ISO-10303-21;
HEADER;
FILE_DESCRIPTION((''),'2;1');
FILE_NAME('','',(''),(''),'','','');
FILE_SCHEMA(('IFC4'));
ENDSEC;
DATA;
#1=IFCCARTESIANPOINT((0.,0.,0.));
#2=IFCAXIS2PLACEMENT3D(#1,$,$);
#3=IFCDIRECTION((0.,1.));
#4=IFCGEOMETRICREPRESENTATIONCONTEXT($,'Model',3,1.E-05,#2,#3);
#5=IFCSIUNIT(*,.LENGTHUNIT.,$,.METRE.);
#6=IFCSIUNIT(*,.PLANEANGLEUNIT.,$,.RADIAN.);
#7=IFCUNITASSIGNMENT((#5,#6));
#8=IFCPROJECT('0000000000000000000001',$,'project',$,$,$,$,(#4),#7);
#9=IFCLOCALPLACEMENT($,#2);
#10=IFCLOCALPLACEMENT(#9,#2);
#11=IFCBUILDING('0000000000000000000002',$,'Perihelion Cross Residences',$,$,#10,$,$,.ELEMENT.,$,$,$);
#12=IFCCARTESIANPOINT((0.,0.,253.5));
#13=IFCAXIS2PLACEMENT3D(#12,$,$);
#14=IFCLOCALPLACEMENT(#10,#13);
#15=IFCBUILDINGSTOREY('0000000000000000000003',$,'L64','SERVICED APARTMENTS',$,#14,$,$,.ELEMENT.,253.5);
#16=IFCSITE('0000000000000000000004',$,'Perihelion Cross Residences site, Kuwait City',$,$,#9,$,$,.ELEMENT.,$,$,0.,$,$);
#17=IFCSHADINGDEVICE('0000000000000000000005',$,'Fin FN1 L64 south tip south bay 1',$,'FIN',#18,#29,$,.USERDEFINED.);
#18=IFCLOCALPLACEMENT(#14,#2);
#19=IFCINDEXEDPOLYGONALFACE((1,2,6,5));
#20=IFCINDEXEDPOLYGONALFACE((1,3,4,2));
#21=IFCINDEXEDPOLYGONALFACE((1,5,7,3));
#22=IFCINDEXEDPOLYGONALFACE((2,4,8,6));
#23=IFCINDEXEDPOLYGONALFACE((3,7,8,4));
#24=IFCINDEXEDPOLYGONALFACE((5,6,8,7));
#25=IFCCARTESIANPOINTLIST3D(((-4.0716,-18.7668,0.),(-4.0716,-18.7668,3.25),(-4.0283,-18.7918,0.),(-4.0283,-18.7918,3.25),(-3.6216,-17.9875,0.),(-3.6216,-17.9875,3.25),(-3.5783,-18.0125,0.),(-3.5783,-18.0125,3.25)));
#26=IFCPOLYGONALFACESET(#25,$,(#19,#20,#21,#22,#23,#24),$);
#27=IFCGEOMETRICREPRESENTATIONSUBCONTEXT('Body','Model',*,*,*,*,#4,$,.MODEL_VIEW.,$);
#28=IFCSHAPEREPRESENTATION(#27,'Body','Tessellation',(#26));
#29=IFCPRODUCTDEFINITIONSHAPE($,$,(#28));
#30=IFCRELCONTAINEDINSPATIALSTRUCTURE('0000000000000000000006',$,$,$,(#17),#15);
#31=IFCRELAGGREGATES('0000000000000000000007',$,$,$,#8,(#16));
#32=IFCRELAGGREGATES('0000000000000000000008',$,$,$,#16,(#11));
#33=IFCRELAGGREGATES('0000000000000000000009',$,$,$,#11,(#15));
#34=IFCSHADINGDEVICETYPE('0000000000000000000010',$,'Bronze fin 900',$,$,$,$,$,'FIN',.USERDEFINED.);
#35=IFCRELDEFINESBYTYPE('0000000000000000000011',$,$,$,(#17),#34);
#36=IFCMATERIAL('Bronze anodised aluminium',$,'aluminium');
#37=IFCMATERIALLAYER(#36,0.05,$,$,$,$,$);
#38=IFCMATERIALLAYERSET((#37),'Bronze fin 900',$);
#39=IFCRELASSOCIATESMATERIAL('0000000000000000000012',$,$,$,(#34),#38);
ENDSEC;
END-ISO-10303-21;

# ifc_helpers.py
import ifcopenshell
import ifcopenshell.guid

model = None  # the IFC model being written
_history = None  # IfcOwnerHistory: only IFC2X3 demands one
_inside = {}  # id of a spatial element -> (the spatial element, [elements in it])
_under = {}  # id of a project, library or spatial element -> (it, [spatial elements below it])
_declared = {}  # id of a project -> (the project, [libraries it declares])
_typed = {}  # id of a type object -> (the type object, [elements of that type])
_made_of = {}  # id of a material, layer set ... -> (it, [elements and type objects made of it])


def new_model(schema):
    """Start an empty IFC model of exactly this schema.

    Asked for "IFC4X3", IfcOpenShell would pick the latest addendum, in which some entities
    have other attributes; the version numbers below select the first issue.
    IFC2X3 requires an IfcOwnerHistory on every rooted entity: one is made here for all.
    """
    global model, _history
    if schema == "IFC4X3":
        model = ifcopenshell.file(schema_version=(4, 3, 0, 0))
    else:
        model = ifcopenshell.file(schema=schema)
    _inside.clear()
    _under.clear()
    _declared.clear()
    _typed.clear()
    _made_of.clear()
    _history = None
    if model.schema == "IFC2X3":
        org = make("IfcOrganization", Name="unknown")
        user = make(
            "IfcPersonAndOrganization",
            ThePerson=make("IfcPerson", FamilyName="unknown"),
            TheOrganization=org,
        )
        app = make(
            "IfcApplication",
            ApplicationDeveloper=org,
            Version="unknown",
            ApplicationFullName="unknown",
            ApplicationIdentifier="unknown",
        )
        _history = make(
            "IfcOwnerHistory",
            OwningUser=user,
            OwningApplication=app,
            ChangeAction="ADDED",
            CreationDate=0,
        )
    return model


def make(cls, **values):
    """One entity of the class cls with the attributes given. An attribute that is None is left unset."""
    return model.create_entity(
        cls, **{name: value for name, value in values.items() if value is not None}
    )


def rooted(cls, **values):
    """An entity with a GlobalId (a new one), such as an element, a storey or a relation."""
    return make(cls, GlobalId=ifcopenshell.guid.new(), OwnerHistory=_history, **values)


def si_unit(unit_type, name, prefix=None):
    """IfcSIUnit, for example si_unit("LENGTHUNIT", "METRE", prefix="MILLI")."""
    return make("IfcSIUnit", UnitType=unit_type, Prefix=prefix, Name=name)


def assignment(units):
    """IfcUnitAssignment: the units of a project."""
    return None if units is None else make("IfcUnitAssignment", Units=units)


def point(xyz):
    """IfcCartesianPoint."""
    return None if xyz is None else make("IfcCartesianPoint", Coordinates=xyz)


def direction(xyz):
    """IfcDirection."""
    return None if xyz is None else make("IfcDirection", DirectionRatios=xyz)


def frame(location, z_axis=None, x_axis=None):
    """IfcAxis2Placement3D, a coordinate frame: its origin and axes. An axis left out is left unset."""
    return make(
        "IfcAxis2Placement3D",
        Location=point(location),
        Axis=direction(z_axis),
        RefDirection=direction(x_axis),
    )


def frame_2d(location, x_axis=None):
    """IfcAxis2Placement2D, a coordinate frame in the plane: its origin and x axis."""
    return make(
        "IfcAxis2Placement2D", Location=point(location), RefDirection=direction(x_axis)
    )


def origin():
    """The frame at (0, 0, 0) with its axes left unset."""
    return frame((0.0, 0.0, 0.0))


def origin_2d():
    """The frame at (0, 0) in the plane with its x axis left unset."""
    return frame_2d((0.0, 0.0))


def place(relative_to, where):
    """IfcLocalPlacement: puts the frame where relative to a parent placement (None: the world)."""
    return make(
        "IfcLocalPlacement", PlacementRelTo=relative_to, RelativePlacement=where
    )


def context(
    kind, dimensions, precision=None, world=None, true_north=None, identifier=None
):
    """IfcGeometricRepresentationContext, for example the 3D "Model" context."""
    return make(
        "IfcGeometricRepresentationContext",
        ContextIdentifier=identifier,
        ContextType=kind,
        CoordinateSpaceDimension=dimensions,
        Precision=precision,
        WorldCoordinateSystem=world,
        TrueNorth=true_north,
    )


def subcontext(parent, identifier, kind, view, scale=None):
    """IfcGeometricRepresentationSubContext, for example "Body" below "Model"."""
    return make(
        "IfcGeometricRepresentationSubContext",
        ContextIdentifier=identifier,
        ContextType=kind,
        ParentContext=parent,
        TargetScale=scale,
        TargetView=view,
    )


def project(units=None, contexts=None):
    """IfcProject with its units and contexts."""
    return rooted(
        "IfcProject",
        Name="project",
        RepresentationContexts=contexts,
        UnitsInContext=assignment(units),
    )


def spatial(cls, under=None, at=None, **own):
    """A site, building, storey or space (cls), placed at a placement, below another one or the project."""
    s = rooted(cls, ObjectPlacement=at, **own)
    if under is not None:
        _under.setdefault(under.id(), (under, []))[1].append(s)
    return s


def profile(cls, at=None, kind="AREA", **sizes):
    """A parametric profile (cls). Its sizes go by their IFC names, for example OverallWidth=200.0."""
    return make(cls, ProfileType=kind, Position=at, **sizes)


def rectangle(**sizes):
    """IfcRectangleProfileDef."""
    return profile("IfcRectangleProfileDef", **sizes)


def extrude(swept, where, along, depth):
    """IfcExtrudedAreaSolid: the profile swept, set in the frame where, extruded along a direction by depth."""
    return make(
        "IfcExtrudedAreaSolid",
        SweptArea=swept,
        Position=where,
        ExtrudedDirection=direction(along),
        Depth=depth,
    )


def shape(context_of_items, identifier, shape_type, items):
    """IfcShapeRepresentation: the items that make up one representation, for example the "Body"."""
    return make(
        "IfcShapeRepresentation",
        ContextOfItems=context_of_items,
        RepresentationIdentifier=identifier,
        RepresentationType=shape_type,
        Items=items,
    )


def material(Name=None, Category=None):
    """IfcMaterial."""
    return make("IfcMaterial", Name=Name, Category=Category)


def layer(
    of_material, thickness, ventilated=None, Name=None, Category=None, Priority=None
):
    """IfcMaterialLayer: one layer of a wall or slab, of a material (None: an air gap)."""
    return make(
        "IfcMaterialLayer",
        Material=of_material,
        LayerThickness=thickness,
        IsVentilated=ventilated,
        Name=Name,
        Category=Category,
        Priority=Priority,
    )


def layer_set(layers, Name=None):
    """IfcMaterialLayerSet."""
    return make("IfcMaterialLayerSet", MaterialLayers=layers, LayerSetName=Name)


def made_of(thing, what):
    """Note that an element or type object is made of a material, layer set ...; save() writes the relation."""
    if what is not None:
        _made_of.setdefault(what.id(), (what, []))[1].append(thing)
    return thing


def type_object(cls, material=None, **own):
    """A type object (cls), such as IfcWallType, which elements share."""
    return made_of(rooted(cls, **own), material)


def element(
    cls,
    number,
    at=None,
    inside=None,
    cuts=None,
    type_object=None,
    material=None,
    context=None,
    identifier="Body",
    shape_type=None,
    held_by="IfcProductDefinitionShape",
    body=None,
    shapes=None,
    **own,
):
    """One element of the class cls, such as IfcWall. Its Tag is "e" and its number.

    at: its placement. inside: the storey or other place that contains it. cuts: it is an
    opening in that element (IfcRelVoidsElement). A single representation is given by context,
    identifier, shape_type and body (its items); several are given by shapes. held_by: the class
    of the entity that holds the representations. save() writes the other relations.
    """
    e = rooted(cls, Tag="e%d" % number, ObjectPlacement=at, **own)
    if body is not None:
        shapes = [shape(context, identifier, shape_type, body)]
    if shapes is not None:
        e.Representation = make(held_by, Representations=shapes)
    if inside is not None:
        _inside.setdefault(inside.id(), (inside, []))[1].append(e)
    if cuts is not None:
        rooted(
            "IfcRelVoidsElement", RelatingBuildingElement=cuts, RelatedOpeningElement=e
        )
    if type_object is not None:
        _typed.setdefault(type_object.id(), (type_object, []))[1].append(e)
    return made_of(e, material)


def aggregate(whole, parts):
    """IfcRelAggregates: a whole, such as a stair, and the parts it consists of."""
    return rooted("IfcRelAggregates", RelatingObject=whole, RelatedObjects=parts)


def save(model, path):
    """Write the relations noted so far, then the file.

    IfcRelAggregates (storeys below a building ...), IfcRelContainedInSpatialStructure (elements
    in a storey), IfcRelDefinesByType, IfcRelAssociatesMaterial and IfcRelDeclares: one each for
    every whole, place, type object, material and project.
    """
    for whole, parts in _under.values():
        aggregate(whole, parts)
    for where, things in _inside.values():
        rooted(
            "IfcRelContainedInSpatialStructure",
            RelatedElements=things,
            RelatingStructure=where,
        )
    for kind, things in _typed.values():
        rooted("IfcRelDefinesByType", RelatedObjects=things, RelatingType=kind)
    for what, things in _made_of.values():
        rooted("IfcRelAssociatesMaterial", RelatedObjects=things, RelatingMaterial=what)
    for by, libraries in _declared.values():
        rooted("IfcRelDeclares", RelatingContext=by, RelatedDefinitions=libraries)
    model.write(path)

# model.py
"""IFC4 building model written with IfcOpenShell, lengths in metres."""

from ifc_helpers import new_model, si_unit, direction, frame, origin, origin_2d, place, context, subcontext, project, spatial, rectangle, extrude, material, layer, layer_set, type_object, element, save


model = new_model("IFC4")

# Units and contexts
model_context = context("Model", 3, precision=1e-05, world=origin(), true_north=direction((0.0, 1.0)))
body_context = subcontext(model_context, "Body", "Model", "MODEL_VIEW")
ifc_project = project(units=[si_unit("LENGTHUNIT", "METRE"), si_unit("PLANEANGLEUNIT", "RADIAN")], contexts=[model_context])

# Site, building, storey
site_placement = place(None, origin())
site = spatial("IfcSite", under=ifc_project, at=site_placement, Name="Perihelion Cross Residences site, Kuwait City", CompositionType="ELEMENT", RefElevation=0.0)
building_placement = place(site_placement, origin())
building = spatial("IfcBuilding", under=site, at=building_placement, Name="Perihelion Cross Residences", CompositionType="ELEMENT")
storey_placement = place(building_placement, frame((0.0, 0.0, 253.5)))
storey = spatial("IfcBuildingStorey", under=building, at=storey_placement, Name="L64", Description="SERVICED APARTMENTS", CompositionType="ELEMENT", Elevation=253.5)

# Shading device
ifc_material_1 = material(Name="Bronze anodised aluminium", Category="aluminium")
ifc_layer_1 = layer(ifc_material_1, 0.05)
ifc_layer_set_1 = layer_set([ifc_layer_1], Name="Bronze fin 900")
shading_device_type = type_object("IfcShadingDeviceType", Name="Bronze fin 900", ElementType="FIN", PredefinedType="USERDEFINED", material=ifc_layer_set_1)
shading_device_placement = place(storey_placement, frame((-3.825, -18.3896, 0.0), z_axis=(0.0, 0.0, 1.0), x_axis=(-0.5, -0.866025, 0.0)))
element("IfcShadingDevice", 1, at=shading_device_placement, inside=storey, type_object=shading_device_type, Name="Fin FN1 L64 south tip south bay 1", ObjectType="FIN", PredefinedType="USERDEFINED", context=body_context, shape_type="SweptSolid", body=[
    extrude(rectangle(XDim=0.8999, YDim=0.05, at=origin_2d()), origin(), (0.0, 0.0, 1.0), 3.25),
])

save(model, "model.ifc")
